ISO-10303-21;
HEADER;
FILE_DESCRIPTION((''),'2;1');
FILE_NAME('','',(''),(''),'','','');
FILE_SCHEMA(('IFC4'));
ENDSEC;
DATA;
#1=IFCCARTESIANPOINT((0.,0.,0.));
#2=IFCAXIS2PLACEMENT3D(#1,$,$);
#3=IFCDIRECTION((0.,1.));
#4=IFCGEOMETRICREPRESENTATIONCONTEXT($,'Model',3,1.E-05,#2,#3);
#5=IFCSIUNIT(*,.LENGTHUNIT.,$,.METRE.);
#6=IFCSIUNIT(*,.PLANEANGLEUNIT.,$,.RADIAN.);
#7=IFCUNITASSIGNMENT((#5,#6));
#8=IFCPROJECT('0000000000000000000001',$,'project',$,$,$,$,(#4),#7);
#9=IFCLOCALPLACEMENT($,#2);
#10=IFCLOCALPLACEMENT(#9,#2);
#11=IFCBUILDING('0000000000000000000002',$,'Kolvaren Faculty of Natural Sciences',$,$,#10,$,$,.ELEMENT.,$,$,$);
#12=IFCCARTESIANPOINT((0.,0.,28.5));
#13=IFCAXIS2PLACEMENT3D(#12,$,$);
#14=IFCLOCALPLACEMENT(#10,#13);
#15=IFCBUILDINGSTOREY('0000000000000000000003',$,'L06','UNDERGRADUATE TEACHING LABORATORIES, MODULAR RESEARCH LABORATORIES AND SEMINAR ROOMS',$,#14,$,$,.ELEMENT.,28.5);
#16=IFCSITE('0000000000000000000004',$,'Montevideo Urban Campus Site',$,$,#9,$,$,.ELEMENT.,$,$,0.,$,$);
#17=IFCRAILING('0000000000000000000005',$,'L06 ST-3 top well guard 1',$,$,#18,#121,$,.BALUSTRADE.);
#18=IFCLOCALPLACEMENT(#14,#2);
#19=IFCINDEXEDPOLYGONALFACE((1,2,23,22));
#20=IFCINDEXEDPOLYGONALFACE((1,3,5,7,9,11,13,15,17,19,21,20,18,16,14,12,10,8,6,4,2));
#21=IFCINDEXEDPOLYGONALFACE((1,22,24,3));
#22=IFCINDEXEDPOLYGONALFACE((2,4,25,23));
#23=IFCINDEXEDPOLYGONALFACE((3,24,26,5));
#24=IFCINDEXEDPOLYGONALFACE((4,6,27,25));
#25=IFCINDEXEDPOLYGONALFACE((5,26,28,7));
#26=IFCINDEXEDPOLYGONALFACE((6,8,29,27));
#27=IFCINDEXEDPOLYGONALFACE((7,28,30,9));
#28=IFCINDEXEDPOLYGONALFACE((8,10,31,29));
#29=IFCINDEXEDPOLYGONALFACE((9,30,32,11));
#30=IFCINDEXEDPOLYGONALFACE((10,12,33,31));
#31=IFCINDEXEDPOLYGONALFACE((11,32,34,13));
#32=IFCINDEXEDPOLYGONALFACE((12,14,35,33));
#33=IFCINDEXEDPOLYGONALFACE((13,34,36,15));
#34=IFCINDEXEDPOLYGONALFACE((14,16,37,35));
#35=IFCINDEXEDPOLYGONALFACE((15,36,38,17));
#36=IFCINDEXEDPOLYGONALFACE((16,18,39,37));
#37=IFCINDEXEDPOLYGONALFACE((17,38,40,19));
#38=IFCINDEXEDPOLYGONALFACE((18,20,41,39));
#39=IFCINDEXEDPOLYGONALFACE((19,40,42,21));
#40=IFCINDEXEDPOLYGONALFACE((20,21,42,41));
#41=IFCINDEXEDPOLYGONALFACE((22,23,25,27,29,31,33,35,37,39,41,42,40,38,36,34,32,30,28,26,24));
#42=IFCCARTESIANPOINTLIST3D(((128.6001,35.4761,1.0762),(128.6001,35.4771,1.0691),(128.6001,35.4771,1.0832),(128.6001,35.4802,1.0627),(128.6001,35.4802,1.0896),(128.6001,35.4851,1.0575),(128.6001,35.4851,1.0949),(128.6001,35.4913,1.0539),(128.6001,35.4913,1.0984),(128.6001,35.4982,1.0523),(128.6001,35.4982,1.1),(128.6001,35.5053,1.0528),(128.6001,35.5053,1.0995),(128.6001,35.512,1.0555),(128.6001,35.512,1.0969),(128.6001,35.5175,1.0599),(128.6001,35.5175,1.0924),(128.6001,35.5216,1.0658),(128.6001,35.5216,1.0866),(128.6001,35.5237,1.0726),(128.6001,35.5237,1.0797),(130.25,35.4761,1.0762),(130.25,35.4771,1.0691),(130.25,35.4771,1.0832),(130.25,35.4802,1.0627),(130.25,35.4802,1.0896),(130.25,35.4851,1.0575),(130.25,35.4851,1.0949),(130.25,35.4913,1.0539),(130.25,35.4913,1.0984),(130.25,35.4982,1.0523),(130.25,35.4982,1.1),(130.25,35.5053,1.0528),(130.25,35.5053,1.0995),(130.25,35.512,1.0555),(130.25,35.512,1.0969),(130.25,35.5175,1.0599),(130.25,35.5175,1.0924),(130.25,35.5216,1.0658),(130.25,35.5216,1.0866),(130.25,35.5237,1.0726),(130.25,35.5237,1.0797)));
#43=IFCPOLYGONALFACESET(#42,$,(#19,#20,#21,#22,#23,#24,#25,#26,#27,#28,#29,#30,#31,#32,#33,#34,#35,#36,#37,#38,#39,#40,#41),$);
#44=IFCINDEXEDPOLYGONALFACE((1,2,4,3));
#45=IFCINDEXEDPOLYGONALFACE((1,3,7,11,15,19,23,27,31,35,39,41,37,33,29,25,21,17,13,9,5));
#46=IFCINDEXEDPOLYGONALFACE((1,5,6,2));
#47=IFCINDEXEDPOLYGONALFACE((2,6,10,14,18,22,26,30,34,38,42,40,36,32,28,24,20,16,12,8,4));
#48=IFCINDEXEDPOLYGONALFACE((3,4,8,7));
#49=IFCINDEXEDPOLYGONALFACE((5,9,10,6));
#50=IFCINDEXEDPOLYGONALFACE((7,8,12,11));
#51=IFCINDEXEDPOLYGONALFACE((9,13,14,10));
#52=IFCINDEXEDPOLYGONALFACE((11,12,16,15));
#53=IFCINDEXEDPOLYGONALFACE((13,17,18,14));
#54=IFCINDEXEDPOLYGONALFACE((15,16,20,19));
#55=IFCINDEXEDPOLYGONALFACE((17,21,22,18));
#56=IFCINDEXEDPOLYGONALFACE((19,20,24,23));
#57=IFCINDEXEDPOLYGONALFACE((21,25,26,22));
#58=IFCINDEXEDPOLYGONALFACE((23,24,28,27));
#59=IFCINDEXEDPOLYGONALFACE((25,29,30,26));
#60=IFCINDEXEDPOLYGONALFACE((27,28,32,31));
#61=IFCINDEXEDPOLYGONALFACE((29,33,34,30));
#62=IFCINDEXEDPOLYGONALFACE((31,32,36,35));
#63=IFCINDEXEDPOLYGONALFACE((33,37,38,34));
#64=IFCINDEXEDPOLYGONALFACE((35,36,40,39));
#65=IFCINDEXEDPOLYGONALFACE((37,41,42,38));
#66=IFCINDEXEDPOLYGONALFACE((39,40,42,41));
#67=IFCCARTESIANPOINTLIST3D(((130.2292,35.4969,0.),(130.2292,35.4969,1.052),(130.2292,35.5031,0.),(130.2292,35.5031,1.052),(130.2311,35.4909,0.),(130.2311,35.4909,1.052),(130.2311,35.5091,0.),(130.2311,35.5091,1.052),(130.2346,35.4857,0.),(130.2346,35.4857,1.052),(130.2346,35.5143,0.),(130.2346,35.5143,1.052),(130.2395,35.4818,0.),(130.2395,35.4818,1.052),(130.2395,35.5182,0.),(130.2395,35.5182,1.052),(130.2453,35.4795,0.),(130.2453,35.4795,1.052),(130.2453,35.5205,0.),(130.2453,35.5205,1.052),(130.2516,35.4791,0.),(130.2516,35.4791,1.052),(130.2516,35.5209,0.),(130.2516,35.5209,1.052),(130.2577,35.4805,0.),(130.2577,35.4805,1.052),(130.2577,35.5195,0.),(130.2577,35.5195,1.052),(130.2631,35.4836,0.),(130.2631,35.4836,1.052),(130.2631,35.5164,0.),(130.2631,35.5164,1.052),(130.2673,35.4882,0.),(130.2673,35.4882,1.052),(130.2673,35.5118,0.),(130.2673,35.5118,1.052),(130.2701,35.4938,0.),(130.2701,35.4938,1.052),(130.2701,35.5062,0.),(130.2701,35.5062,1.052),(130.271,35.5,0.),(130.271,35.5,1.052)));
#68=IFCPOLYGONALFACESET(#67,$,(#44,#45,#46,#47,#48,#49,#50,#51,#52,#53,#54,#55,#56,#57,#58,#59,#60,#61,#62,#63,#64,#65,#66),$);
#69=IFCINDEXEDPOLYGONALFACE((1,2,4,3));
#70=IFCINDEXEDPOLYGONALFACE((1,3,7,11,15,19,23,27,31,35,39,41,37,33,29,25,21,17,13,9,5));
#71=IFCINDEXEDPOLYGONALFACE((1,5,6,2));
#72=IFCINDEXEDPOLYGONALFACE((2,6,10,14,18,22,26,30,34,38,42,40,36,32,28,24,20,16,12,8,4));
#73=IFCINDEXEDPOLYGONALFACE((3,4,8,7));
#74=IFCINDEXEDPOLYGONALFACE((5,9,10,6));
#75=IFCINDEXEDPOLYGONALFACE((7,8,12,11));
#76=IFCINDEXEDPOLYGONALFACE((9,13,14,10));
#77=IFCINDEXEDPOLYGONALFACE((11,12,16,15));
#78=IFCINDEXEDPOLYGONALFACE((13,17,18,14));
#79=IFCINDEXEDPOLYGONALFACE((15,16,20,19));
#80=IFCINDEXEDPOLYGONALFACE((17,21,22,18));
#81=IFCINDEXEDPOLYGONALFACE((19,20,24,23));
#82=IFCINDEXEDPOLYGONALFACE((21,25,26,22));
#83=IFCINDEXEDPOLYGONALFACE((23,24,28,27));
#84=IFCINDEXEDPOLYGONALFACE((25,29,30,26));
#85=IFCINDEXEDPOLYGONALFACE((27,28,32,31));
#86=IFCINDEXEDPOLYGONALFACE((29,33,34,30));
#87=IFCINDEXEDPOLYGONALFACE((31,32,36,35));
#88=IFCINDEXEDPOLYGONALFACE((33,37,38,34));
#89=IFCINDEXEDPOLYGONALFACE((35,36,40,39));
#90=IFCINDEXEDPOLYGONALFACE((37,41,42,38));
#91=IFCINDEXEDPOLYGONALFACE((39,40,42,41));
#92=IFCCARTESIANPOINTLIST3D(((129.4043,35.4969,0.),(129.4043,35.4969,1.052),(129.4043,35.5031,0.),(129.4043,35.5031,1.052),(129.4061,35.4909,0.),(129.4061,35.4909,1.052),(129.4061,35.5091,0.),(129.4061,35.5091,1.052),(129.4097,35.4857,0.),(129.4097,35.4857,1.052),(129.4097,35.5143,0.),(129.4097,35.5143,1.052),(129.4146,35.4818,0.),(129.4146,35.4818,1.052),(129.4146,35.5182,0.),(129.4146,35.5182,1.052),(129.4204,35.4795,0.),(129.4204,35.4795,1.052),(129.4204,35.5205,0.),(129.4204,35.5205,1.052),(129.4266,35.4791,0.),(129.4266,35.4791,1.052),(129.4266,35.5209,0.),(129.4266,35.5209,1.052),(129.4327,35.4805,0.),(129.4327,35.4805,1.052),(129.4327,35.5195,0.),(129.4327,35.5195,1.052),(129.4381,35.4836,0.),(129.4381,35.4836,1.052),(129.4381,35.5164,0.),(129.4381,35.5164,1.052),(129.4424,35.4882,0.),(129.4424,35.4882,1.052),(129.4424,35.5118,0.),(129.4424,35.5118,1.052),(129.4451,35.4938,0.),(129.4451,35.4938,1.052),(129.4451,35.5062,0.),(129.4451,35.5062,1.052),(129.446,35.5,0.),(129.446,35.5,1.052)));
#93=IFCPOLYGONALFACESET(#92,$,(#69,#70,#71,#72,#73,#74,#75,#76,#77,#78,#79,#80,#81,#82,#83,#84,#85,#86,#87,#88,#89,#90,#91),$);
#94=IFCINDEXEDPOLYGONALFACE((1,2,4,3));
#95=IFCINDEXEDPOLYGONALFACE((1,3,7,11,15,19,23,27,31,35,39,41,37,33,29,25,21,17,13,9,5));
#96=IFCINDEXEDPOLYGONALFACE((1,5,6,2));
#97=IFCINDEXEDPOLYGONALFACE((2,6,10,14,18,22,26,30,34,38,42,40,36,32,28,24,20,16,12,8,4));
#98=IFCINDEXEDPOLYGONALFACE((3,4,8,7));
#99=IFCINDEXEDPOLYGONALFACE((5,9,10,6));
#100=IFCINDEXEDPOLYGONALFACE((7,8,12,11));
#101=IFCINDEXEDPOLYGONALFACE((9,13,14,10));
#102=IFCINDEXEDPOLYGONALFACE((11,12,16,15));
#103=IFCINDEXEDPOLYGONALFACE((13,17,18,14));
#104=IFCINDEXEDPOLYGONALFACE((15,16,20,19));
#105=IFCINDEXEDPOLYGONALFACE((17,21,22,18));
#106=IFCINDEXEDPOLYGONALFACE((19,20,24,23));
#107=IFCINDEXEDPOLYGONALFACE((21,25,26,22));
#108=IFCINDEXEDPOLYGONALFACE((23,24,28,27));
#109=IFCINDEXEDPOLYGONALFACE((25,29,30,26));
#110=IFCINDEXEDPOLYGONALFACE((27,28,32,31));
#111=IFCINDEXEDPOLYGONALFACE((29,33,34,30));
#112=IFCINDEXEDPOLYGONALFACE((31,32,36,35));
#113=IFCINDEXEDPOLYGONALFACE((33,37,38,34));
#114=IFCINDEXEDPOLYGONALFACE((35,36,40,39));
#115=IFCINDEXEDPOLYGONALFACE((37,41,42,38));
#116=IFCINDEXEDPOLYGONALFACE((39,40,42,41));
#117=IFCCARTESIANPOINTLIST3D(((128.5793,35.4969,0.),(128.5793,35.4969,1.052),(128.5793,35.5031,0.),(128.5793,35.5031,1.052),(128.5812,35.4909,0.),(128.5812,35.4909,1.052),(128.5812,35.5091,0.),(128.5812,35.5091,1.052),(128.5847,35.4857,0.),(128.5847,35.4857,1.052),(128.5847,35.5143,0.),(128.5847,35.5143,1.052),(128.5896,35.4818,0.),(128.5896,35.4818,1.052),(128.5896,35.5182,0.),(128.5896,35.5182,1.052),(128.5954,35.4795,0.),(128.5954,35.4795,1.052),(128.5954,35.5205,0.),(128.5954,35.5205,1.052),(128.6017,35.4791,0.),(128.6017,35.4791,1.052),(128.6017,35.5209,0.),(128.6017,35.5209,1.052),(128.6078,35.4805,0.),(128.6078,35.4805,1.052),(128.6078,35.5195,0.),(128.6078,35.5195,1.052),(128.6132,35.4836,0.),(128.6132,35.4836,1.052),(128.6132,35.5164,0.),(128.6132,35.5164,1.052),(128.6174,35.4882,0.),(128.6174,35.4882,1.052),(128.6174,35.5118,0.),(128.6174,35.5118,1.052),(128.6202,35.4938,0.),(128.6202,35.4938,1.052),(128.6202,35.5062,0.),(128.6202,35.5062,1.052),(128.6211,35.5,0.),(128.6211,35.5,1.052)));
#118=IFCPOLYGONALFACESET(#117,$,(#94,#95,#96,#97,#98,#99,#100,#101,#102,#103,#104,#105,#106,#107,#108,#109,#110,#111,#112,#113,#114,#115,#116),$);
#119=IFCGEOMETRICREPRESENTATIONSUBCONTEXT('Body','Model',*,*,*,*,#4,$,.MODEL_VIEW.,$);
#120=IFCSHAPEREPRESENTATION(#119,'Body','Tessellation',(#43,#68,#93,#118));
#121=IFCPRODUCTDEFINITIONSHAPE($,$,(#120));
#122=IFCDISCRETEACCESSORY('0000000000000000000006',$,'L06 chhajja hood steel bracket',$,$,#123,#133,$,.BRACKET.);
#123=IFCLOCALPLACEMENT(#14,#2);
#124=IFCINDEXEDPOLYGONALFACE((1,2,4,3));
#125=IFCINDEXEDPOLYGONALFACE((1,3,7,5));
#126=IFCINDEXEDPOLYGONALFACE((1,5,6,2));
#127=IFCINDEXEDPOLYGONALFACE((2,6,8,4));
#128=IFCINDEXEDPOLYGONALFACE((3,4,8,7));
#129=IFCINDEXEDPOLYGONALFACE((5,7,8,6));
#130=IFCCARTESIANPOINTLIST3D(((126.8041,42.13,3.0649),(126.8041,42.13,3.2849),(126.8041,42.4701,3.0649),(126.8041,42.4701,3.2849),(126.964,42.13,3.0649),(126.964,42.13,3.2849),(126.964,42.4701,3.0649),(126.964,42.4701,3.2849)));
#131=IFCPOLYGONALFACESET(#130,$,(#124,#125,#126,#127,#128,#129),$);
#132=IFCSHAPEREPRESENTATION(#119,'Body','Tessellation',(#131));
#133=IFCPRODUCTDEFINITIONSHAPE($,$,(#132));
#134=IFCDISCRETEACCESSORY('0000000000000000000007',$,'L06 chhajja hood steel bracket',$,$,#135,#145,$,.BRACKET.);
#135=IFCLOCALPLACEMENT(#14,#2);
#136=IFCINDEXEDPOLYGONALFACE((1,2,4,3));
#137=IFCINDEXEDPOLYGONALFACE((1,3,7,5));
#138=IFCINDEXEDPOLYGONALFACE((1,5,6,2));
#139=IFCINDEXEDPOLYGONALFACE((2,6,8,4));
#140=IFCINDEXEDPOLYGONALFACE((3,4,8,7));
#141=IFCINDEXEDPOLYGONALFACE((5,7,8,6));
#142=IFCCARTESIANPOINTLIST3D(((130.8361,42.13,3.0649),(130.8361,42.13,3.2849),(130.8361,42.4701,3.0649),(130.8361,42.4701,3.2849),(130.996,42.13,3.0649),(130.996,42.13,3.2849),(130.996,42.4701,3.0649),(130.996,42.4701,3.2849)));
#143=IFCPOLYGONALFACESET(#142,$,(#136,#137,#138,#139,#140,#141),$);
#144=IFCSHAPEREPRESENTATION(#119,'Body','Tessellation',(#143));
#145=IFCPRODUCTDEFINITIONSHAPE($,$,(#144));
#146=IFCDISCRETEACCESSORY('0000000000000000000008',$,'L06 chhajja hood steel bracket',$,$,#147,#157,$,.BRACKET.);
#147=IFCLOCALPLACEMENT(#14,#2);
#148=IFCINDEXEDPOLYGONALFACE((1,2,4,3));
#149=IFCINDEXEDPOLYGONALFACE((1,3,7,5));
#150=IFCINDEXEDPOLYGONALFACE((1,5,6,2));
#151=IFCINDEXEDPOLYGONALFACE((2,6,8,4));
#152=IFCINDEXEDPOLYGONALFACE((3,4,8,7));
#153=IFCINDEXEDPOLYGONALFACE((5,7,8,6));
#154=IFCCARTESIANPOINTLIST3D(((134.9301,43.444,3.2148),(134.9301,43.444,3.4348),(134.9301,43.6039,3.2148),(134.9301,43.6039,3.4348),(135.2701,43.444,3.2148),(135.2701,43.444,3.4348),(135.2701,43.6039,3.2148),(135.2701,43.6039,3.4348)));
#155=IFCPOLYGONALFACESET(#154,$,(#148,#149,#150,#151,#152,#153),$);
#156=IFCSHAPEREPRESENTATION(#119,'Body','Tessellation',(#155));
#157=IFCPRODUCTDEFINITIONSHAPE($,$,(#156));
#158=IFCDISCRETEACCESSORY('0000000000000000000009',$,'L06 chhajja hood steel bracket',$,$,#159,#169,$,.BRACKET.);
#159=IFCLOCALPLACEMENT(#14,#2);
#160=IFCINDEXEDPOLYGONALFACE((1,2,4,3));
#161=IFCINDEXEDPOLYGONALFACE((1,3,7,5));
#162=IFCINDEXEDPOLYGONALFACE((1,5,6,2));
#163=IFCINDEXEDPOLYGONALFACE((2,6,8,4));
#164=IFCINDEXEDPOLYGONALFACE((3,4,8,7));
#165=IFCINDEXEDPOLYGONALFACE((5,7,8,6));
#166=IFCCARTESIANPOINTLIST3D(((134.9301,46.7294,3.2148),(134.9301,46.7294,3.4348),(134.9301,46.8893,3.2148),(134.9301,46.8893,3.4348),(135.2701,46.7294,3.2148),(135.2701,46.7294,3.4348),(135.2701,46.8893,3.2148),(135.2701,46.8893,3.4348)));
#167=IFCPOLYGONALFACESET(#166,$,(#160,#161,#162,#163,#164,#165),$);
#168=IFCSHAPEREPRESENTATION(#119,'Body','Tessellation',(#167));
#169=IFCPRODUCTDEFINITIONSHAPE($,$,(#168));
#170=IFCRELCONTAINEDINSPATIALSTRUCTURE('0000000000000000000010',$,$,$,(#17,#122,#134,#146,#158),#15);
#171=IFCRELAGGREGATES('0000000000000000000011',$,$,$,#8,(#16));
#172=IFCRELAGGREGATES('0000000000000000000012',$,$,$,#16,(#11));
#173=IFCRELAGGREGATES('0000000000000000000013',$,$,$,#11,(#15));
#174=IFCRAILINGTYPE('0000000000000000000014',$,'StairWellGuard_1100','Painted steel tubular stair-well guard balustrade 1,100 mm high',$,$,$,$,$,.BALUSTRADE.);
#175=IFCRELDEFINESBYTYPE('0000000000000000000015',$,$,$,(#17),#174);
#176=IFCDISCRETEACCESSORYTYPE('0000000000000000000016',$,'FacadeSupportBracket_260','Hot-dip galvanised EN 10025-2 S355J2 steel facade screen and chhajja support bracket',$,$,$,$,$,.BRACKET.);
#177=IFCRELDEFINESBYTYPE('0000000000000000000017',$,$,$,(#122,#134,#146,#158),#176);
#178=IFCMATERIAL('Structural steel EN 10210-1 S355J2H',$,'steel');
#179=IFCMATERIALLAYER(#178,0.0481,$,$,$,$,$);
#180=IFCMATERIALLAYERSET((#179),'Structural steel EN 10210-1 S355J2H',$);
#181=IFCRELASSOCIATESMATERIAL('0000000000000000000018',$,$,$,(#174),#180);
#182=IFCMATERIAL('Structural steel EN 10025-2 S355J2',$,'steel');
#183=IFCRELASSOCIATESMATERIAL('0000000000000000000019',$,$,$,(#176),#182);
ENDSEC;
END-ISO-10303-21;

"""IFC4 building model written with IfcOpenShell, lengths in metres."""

from ifc_helpers import new_model, si_unit, direction, frame, origin, origin_2d, place, context, subcontext, project, spatial, rectangle, circle, extrude, material, layer, layer_set, type_object, element, save


model = new_model("IFC4")

# Units and contexts
model_context = context("Model", 3, precision=1e-05, world=origin(), true_north=direction((0.0, 1.0)))
body_context = subcontext(model_context, "Body", "Model", "MODEL_VIEW")
ifc_project = project(units=[si_unit("LENGTHUNIT", "METRE"), si_unit("PLANEANGLEUNIT", "RADIAN")], contexts=[model_context])

# Site, building, storey
site_placement = place(None, origin())
site = spatial("IfcSite", under=ifc_project, at=site_placement, Name="Montevideo Urban Campus Site", CompositionType="ELEMENT", RefElevation=0.0)
building_placement = place(site_placement, origin())
building = spatial("IfcBuilding", under=site, at=building_placement, Name="Kolvaren Faculty of Natural Sciences", CompositionType="ELEMENT")
storey_placement = place(building_placement, frame((0.0, 0.0, 28.5)))
storey = spatial("IfcBuildingStorey", under=building, at=storey_placement, Name="L06", Description="UNDERGRADUATE TEACHING LABORATORIES, MODULAR RESEARCH LABORATORIES AND SEMINAR ROOMS", CompositionType="ELEMENT", Elevation=28.5)

# Railing
ifc_material_1 = material(Name="Structural steel EN 10210-1 S355J2H", Category="steel")
ifc_layer_1 = layer(ifc_material_1, 0.0481)
ifc_layer_set_1 = layer_set([ifc_layer_1], Name="Structural steel EN 10210-1 S355J2H")
railing_type = type_object("IfcRailingType", Name="StairWellGuard_1100", Description="Painted steel tubular stair-well guard balustrade 1,100 mm high", PredefinedType="BALUSTRADE", material=ifc_layer_set_1)
railing_placement = place(storey_placement, frame((130.25, 35.5, 0.0)))
element("IfcRailing", 1, at=railing_placement, inside=storey, type_object=railing_type, Name="L06 ST-3 top well guard 1", PredefinedType="BALUSTRADE", context=body_context, shape_type="SweptSolid", body=[
    extrude(circle(Radius=0.0239, at=origin_2d()), frame((0.0, 0.0, 1.0762), z_axis=(-1.0, 0.0, 0.0), x_axis=(0.0, -1.0, 0.0)), (0.0, 0.0, 1.0), 1.6499),
    extrude(circle(Radius=0.021, at=origin_2d()), origin(), (0.0, 0.0, 1.0), 1.052),
    extrude(circle(Radius=0.021, at=origin_2d()), frame((-0.825, 0.0, 0.0)), (0.0, 0.0, 1.0), 1.052),
    extrude(circle(Radius=0.021, at=origin_2d()), frame((-1.6499, 0.0, 0.0)), (0.0, 0.0, 1.0), 1.052),
])

# Discrete accessories
ifc_material_2 = material(Name="Structural steel EN 10025-2 S355J2", Category="steel")
discrete_accessory_type = type_object("IfcDiscreteAccessoryType", Name="FacadeSupportBracket_260", Description="Hot-dip galvanised EN 10025-2 S355J2 steel facade screen and chhajja support bracket", PredefinedType="BRACKET", material=ifc_material_2)
for number, where, z_axis, x_axis, name in (
    (2, (126.884, 42.3, 3.0649), (0.0, 0.0, 1.0), (1.0, 0.0, 0.0), "L06 chhajja hood steel bracket"),
    (3, (130.916, 42.3, 3.0649), (0.0, 0.0, 1.0), (1.0, 0.0, 0.0), "L06 chhajja hood steel bracket"),
    (4, (135.1001, 43.5239, 3.2148), (0.0, 0.0, 1.0), (0.0, 1.0, 0.0), "L06 chhajja hood steel bracket"),
    (5, (135.1001, 46.8093, 3.2148), (0.0, 0.0, 1.0), (0.0, 1.0, 0.0), "L06 chhajja hood steel bracket"),
):
    element("IfcDiscreteAccessory", number, at=place(storey_placement, frame(where, z_axis=z_axis, x_axis=x_axis)), inside=storey, type_object=discrete_accessory_type, Name=name, PredefinedType="BRACKET", context=body_context, shape_type="SweptSolid", body=[
        extrude(rectangle(XDim=0.1599, YDim=0.3401, at=origin_2d()), origin(), (0.0, 0.0, 1.0), 0.22),
    ])

save(model, "model.ifc")
